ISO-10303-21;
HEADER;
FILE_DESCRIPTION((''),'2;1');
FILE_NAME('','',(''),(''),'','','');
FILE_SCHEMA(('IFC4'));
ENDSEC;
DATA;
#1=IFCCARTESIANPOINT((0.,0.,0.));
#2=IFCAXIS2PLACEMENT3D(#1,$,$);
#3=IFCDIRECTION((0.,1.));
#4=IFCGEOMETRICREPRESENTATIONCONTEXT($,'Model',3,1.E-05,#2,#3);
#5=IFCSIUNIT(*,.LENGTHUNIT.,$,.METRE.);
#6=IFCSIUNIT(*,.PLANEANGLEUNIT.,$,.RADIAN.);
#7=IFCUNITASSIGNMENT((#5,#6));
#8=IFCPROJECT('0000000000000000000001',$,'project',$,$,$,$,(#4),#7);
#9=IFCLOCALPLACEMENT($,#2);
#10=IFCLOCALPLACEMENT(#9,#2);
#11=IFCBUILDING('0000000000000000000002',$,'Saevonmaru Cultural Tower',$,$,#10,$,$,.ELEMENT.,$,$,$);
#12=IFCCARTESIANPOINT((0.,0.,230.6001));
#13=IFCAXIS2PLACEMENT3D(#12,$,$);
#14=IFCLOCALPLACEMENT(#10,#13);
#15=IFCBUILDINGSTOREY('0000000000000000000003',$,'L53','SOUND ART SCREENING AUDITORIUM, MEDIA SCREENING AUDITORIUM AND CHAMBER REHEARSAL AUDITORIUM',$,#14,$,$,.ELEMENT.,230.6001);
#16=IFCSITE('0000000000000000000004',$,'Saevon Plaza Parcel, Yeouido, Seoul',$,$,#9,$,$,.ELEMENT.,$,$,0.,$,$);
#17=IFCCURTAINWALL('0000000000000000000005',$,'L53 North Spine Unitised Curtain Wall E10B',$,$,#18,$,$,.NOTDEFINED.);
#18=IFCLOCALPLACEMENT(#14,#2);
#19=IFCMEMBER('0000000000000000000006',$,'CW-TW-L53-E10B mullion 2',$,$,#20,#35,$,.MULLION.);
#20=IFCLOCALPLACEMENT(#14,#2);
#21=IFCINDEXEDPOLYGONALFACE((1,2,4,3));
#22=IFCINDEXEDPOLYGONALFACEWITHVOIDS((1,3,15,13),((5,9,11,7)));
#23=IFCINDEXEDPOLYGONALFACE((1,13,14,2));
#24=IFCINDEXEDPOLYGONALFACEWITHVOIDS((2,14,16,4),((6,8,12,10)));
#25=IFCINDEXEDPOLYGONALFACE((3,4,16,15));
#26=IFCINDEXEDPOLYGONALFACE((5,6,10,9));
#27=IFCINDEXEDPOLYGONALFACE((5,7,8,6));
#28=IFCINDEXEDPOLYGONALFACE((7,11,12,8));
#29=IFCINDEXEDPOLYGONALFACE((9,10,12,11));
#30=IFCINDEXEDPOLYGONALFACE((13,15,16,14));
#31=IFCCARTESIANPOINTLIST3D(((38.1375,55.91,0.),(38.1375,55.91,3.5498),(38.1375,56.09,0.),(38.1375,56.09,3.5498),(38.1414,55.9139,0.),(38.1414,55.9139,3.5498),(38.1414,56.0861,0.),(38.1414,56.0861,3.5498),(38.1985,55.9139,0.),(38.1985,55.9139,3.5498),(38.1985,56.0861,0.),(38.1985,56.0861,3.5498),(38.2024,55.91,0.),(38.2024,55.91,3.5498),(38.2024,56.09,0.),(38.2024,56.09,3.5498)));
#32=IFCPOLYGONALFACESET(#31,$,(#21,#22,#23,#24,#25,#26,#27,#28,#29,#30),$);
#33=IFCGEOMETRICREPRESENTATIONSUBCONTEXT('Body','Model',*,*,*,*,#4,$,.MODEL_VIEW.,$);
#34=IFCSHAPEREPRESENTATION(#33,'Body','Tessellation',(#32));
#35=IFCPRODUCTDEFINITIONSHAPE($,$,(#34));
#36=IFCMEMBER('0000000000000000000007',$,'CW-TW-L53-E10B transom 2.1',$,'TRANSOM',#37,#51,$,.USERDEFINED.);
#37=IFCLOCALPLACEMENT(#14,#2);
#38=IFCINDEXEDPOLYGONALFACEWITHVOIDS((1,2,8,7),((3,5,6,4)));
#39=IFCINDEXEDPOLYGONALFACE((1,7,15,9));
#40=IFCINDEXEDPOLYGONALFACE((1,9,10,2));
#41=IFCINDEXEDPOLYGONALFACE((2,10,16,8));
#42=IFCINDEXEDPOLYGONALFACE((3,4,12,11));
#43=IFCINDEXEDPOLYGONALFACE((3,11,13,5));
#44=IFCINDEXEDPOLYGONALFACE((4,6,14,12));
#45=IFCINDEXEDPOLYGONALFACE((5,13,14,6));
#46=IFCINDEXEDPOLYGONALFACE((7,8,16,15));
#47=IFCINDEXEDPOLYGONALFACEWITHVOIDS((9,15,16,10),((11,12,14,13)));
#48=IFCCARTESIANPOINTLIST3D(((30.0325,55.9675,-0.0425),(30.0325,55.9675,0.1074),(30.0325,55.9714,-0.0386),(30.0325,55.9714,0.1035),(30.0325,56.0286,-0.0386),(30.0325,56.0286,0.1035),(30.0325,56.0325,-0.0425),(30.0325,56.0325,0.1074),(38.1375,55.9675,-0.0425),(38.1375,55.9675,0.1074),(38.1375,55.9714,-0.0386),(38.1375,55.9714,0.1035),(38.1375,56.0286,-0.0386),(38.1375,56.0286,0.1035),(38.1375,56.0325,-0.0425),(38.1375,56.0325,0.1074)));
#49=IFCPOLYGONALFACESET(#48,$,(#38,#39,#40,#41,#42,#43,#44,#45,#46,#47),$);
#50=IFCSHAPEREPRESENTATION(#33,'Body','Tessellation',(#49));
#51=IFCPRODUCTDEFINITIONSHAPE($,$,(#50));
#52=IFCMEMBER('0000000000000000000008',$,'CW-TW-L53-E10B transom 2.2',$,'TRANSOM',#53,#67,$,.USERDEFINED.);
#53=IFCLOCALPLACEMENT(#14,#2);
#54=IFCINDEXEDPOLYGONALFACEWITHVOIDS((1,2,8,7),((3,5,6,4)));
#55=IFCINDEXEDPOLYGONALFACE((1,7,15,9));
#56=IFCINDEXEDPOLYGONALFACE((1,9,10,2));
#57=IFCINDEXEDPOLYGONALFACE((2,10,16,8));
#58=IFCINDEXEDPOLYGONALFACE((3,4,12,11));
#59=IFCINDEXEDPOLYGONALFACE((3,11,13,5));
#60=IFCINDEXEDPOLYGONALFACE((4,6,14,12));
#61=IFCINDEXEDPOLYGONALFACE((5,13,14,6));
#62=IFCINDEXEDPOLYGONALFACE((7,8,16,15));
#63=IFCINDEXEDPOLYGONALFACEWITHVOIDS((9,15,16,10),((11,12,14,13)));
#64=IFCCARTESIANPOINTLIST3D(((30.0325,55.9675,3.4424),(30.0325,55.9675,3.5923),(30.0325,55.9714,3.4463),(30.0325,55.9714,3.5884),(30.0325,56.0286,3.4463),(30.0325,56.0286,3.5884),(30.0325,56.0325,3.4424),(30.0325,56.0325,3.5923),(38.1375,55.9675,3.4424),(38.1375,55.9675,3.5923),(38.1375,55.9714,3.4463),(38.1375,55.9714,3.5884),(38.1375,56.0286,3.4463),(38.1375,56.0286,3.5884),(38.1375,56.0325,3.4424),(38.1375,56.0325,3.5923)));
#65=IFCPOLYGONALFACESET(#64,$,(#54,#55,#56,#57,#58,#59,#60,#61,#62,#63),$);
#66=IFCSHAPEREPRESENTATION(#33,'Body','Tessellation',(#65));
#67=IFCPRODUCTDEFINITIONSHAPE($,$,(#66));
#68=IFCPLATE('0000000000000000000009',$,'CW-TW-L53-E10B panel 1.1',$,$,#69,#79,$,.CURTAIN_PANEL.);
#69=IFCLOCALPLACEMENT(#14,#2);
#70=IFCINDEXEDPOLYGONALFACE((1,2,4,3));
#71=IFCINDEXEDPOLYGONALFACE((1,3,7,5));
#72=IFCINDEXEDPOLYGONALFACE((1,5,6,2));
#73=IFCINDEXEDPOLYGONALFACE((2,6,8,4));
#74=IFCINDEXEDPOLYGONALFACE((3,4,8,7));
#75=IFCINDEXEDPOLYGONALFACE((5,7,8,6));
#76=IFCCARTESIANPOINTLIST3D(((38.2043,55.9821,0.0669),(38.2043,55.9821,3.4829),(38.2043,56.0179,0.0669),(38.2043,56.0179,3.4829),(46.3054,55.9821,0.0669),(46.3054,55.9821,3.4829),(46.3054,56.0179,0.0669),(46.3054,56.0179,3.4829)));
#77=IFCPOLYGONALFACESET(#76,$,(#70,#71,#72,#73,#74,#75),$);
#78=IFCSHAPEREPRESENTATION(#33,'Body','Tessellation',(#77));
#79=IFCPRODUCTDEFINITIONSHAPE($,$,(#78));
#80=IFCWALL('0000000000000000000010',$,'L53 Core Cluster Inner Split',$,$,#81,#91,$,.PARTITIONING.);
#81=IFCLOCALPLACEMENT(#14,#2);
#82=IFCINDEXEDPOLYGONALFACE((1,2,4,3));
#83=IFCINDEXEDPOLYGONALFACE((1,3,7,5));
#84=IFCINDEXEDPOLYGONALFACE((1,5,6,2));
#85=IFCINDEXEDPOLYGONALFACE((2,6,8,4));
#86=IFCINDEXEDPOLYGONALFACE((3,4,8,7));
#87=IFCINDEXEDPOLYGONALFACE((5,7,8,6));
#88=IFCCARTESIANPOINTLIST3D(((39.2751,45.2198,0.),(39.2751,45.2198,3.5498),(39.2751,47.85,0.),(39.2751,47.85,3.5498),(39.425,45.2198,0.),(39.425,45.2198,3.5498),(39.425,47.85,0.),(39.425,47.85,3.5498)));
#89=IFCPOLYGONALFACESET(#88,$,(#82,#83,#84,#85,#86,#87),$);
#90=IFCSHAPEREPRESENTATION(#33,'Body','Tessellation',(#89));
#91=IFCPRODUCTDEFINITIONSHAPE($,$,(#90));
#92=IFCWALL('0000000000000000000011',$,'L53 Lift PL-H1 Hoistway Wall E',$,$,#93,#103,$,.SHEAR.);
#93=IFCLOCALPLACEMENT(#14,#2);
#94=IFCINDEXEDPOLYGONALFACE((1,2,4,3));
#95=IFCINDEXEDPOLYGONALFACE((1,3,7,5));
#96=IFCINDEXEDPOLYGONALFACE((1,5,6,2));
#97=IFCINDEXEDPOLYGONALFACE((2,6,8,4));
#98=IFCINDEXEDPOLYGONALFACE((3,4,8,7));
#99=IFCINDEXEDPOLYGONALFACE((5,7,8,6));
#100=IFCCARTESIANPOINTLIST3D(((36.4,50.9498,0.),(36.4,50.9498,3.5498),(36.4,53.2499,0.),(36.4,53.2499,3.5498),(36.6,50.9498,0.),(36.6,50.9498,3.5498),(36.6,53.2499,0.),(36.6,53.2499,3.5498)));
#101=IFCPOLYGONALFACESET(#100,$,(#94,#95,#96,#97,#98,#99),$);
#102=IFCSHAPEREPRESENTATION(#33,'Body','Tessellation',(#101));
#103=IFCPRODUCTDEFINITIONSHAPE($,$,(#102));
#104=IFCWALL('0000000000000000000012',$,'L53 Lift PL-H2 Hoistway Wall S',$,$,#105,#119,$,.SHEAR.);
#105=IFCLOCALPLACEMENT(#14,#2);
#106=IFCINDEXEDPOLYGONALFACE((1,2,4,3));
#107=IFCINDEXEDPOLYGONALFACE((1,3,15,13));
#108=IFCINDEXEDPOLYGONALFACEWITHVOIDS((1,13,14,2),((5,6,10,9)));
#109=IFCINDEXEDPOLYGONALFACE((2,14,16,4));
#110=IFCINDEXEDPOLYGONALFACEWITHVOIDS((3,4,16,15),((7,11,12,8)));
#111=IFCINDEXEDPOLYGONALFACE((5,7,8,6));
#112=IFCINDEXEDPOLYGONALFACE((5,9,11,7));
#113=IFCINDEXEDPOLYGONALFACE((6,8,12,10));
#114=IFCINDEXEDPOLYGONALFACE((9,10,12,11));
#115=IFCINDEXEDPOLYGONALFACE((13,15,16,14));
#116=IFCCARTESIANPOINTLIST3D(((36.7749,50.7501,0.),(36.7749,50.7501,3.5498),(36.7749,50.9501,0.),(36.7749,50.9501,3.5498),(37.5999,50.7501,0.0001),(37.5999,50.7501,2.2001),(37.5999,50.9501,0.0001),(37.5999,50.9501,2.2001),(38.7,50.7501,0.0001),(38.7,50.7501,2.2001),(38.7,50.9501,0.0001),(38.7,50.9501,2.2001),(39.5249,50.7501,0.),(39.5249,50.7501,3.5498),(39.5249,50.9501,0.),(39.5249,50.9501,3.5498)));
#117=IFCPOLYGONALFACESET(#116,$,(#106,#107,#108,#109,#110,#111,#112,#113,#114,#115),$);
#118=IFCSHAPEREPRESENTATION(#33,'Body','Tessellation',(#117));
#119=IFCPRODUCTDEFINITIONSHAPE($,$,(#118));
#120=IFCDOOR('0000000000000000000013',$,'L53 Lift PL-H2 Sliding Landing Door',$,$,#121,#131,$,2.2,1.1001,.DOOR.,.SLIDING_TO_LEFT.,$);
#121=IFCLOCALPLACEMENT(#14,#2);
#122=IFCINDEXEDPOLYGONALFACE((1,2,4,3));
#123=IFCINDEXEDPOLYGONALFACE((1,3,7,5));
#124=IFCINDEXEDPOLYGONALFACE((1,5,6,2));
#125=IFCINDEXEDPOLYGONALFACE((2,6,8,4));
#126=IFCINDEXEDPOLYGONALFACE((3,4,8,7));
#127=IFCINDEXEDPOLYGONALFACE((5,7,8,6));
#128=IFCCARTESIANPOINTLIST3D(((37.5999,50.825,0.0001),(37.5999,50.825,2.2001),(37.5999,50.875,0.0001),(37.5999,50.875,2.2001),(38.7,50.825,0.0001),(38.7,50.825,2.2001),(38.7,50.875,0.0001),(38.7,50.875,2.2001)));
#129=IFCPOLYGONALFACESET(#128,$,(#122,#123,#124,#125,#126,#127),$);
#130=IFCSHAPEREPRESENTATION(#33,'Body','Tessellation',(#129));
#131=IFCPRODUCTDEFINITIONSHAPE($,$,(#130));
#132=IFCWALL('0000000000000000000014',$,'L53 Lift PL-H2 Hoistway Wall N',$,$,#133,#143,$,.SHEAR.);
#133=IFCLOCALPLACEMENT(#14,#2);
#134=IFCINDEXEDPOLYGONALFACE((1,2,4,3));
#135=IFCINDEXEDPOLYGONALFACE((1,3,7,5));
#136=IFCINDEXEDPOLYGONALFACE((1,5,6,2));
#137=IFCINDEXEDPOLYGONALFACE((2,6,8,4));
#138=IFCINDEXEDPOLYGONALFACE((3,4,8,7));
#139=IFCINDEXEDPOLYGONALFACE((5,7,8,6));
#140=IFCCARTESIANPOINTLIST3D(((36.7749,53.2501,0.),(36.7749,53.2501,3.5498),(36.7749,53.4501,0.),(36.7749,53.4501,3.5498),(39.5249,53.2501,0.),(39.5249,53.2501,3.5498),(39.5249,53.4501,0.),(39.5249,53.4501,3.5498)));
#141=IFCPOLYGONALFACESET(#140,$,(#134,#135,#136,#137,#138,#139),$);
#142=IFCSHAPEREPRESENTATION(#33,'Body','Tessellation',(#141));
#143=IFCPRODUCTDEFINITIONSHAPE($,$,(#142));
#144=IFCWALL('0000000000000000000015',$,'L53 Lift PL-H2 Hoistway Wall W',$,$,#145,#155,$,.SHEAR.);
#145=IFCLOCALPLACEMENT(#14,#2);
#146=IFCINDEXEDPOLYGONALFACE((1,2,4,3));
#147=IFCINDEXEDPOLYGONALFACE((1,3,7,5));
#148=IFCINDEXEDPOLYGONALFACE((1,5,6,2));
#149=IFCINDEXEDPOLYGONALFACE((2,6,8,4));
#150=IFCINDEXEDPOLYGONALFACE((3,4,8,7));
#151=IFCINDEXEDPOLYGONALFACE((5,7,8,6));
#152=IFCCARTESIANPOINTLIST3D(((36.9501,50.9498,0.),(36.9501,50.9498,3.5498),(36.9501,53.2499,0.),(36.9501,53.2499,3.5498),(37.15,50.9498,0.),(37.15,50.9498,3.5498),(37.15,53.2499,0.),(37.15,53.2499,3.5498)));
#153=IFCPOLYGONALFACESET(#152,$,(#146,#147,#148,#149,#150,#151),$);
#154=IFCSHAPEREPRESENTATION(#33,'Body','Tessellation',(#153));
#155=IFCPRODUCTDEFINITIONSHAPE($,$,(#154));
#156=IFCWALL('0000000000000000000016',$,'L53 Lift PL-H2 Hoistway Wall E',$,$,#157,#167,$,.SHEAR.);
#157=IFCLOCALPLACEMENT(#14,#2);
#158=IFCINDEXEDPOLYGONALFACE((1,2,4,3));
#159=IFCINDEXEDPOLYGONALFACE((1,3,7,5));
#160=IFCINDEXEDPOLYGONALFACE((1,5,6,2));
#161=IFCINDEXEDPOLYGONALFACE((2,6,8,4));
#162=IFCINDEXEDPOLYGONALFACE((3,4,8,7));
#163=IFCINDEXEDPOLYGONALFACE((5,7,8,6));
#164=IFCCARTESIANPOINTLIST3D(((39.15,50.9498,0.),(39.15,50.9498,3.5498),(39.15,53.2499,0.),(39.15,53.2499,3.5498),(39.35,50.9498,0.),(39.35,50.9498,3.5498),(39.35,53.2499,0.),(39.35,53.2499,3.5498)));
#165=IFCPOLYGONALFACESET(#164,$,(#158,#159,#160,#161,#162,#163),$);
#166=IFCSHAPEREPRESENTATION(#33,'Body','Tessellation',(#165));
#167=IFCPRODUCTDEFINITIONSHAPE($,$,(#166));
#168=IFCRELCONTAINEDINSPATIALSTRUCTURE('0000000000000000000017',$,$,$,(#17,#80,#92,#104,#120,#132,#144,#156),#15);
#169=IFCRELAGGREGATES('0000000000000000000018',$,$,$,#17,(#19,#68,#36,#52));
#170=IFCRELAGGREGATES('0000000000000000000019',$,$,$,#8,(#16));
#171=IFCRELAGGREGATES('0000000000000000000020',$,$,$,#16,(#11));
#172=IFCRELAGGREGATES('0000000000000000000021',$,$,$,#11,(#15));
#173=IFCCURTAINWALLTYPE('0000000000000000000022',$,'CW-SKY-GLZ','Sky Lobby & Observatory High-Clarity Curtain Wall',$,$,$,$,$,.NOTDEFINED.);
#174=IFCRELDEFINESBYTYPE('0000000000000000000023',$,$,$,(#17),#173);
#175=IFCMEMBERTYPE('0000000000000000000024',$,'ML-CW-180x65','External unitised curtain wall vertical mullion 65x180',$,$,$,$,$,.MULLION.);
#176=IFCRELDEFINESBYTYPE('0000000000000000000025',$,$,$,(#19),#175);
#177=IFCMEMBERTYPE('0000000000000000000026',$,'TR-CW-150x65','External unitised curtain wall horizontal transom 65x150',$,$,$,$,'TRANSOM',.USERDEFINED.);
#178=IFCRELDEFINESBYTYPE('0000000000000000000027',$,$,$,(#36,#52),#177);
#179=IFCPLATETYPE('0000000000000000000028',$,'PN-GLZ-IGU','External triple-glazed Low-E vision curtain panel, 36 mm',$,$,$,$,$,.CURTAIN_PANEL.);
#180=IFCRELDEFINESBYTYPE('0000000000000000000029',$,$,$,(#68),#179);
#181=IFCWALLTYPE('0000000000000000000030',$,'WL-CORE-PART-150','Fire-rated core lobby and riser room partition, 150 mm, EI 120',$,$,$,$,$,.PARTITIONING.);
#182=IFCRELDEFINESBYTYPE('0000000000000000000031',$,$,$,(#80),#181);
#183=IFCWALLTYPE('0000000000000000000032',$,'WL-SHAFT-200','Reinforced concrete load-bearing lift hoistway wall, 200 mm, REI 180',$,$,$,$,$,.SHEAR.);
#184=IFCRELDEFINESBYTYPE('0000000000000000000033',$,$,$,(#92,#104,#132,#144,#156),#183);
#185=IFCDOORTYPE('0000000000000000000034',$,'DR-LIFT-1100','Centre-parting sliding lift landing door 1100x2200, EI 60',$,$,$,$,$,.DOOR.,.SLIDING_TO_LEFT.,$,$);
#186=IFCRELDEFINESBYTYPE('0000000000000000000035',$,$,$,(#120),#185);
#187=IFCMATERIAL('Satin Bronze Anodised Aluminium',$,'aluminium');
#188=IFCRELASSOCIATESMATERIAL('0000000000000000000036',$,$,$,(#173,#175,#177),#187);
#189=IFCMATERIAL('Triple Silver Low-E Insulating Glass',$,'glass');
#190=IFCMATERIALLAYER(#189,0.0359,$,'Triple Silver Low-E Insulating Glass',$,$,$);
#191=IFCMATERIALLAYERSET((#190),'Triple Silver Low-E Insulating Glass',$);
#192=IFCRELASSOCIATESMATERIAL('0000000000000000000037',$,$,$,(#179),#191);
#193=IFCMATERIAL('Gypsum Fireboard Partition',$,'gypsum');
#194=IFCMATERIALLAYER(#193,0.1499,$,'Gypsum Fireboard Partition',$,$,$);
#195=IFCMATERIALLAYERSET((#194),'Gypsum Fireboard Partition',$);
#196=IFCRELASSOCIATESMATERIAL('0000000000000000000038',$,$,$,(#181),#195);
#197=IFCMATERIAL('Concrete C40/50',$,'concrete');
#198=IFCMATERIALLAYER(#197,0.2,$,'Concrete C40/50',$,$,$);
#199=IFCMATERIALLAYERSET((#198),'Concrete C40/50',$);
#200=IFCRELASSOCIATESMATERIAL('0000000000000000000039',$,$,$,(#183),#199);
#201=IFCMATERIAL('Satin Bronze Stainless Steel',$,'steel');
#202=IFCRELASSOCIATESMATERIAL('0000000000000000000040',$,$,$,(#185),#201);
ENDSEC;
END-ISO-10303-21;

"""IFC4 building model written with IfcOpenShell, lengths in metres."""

from ifc_helpers import new_model, si_unit, direction, frame, frame_2d, origin, origin_2d, place, context, subcontext, project, spatial, rectangle, hollow_rectangle, extrude, material, layer, layer_set, material_profile, profile_set, type_object, element, fill, aggregate, save


model = new_model("IFC4")

# Units and contexts
model_context = context("Model", 3, precision=1e-05, world=origin(), true_north=direction((0.0, 1.0)))
body_context = subcontext(model_context, "Body", "Model", "MODEL_VIEW")
ifc_project = project(units=[si_unit("LENGTHUNIT", "METRE"), si_unit("PLANEANGLEUNIT", "RADIAN")], contexts=[model_context])

# Site, building, storey
site_placement = place(None, origin())
site = spatial("IfcSite", under=ifc_project, at=site_placement, Name="Saevon Plaza Parcel, Yeouido, Seoul", CompositionType="ELEMENT", RefElevation=0.0)
building_placement = place(site_placement, origin())
building = spatial("IfcBuilding", under=site, at=building_placement, Name="Saevonmaru Cultural Tower", CompositionType="ELEMENT")
storey_placement = place(building_placement, frame((0.0, 0.0, 230.6001)))
storey = spatial("IfcBuildingStorey", under=building, at=storey_placement, Name="L53", Description="SOUND ART SCREENING AUDITORIUM, MEDIA SCREENING AUDITORIUM AND CHAMBER REHEARSAL AUDITORIUM", CompositionType="ELEMENT", Elevation=230.6001)

# Curtain wall, members, plate
ifc_material_1 = material(Name="Satin Bronze Anodised Aluminium", Category="aluminium")
curtain_wall_type = type_object("IfcCurtainWallType", Name="CW-SKY-GLZ", Description="Sky Lobby & Observatory High-Clarity Curtain Wall", PredefinedType="NOTDEFINED", material=ifc_material_1)
curtain_wall_placement = place(storey_placement, origin())
curtain_wall = element("IfcCurtainWall", 1, at=curtain_wall_placement, inside=storey, type_object=curtain_wall_type, Name="L53 North Spine Unitised Curtain Wall E10B", PredefinedType="NOTDEFINED")
ifc_material_profile_1 = material_profile(ifc_material_1, hollow_rectangle(XDim=0.0649, YDim=0.1799, WallThickness=0.0039, at=origin_2d()), Name="ALU-MULL-180x65x4")
ifc_profile_set_1 = profile_set([ifc_material_profile_1], Name="Satin Bronze Anodised Aluminium")
member_type_1 = type_object("IfcMemberType", Name="ML-CW-180x65", Description="External unitised curtain wall vertical mullion 65x180", PredefinedType="MULLION", material=ifc_profile_set_1)
member_1_placement = place(storey_placement, frame((38.1699, 56.0, 0.0), z_axis=(0.0, 0.0, 1.0), x_axis=(-1.0, 0.0, 0.0)))
member_1 = element("IfcMember", 2, at=member_1_placement, type_object=member_type_1, Name="CW-TW-L53-E10B mullion 2", PredefinedType="MULLION", context=body_context, shape_type="SweptSolid", body=[
    extrude(hollow_rectangle(XDim=0.0649, YDim=0.1799, WallThickness=0.0039, at=origin_2d()), origin(), (0.0, 0.0, 1.0), 3.5498),
])
ifc_material_profile_2 = material_profile(ifc_material_1, hollow_rectangle(XDim=0.0649, YDim=0.1499, WallThickness=0.0039, at=origin_2d()), Name="ALU-TRAN-150x65x4")
ifc_profile_set_2 = profile_set([ifc_material_profile_2], Name="Satin Bronze Anodised Aluminium")
member_type_2 = type_object("IfcMemberType", Name="TR-CW-150x65", Description="External unitised curtain wall horizontal transom 65x150", ElementType="TRANSOM", PredefinedType="USERDEFINED", material=ifc_profile_set_2)
member_2_placement = place(storey_placement, frame((38.1375, 56.0, 0.0325), z_axis=(-1.0, 0.0, 0.0), x_axis=(0.0, -1.0, 0.0)))
member_2 = element("IfcMember", 3, at=member_2_placement, type_object=member_type_2, Name="CW-TW-L53-E10B transom 2.1", ObjectType="TRANSOM", PredefinedType="USERDEFINED", context=body_context, shape_type="SweptSolid", body=[
    extrude(hollow_rectangle(XDim=0.0649, YDim=0.1499, WallThickness=0.0039, at=origin_2d()), origin(), (0.0, 0.0, 1.0), 8.105),
])
member_3_placement = place(storey_placement, frame((38.1375, 56.0, 3.5173), z_axis=(-1.0, 0.0, 0.0), x_axis=(0.0, -1.0, 0.0)))
member_3 = element("IfcMember", 4, at=member_3_placement, type_object=member_type_2, Name="CW-TW-L53-E10B transom 2.2", ObjectType="TRANSOM", PredefinedType="USERDEFINED", context=body_context, shape_type="SweptSolid", body=[
    extrude(hollow_rectangle(XDim=0.0649, YDim=0.1499, WallThickness=0.0039, at=origin_2d()), origin(), (0.0, 0.0, 1.0), 8.105),
])
ifc_material_2 = material(Name="Triple Silver Low-E Insulating Glass", Category="glass")
ifc_layer_1 = layer(ifc_material_2, 0.0359, Name="Triple Silver Low-E Insulating Glass")
ifc_layer_set_1 = layer_set([ifc_layer_1], Name="Triple Silver Low-E Insulating Glass")
plate_type = type_object("IfcPlateType", Name="PN-GLZ-IGU", Description="External triple-glazed Low-E vision curtain panel, 36 mm", PredefinedType="CURTAIN_PANEL", material=ifc_layer_set_1)
plate_placement = place(storey_placement, frame((42.2549, 56.0, 0.0669), z_axis=(0.0, 0.0, 1.0), x_axis=(-1.0, 0.0, 0.0)))
plate = element("IfcPlate", 5, at=plate_placement, type_object=plate_type, Name="CW-TW-L53-E10B panel 1.1", PredefinedType="CURTAIN_PANEL", context=body_context, shape_type="SweptSolid", body=[
    extrude(rectangle(XDim=8.1011, YDim=0.0359, at=origin_2d()), origin(), (0.0, 0.0, 1.0), 3.416),
])
aggregate(curtain_wall, [member_1, plate, member_2, member_3])

# Walls
ifc_material_3 = material(Name="Gypsum Fireboard Partition", Category="gypsum")
ifc_layer_2 = layer(ifc_material_3, 0.1499, Name="Gypsum Fireboard Partition")
ifc_layer_set_2 = layer_set([ifc_layer_2], Name="Gypsum Fireboard Partition")
wall_type_1 = type_object("IfcWallType", Name="WL-CORE-PART-150", Description="Fire-rated core lobby and riser room partition, 150 mm, EI 120", PredefinedType="PARTITIONING", material=ifc_layer_set_2)
wall_1_placement = place(storey_placement, frame((39.3501, 45.22, 0.0), z_axis=(0.0, 0.0, 1.0), x_axis=(0.0, 1.0, 0.0)))
element("IfcWall", 6, at=wall_1_placement, inside=storey, type_object=wall_type_1, Name="L53 Core Cluster Inner Split", PredefinedType="PARTITIONING", context=body_context, shape_type="SweptSolid", body=[
    extrude(rectangle(XDim=2.6301, YDim=0.1499, at=frame_2d((1.3149, 0.0))), origin(), (0.0, 0.0, 1.0), 3.5498),
])
ifc_material_4 = material(Name="Concrete C40/50", Category="concrete")
ifc_layer_3 = layer(ifc_material_4, 0.2, Name="Concrete C40/50")
ifc_layer_set_3 = layer_set([ifc_layer_3], Name="Concrete C40/50")
wall_type_2 = type_object("IfcWallType", Name="WL-SHAFT-200", Description="Reinforced concrete load-bearing lift hoistway wall, 200 mm, REI 180", PredefinedType="SHEAR", material=ifc_layer_set_3)
wall_2_placement = place(storey_placement, frame((36.5, 50.95, 0.0), z_axis=(0.0, 0.0, 1.0), x_axis=(0.0, 1.0, 0.0)))
element("IfcWall", 7, at=wall_2_placement, inside=storey, type_object=wall_type_2, Name="L53 Lift PL-H1 Hoistway Wall E", PredefinedType="SHEAR", context=body_context, shape_type="SweptSolid", body=[
    extrude(rectangle(XDim=2.3, YDim=0.2, at=frame_2d((1.1499, 0.0))), origin(), (0.0, 0.0, 1.0), 3.5498),
])

# Wall, opening, door
wall_3_placement = place(storey_placement, frame((36.7749, 50.8501, 0.0), z_axis=(0.0, 0.0, 1.0), x_axis=(1.0, 0.0, 0.0)))
wall_3 = element("IfcWall", 8, at=wall_3_placement, inside=storey, type_object=wall_type_2, Name="L53 Lift PL-H2 Hoistway Wall S", PredefinedType="SHEAR", context=body_context, shape_type="SweptSolid", body=[
    extrude(rectangle(XDim=2.75, YDim=0.2, at=frame_2d((1.375, 0.0))), origin(), (0.0, 0.0, 1.0), 3.5498),
])
opening_1_placement = place(wall_3_placement, frame((0.825, 0.0, 0.0)))
opening_1 = element("IfcOpeningElement", 9, at=opening_1_placement, cuts=wall_3, PredefinedType="OPENING", context=body_context, shape_type="SweptSolid", body=[
    extrude(rectangle(XDim=1.1001, YDim=2.2, at=frame_2d((0.55, 1.1001))), frame((0.0, 0.1099, 0.0), z_axis=(0.0, -1.0, 0.0), x_axis=(1.0, 0.0, 0.0)), (0.0, 0.0, 1.0), 0.22),
])
ifc_material_5 = material(Name="Satin Bronze Stainless Steel", Category="steel")
door_type_1 = type_object("IfcDoorType", Name="DR-LIFT-1100", Description="Centre-parting sliding lift landing door 1100x2200, EI 60", OperationType="SLIDING_TO_LEFT", PredefinedType="DOOR", material=ifc_material_5)
door_1_placement = place(opening_1_placement, origin())
door_1 = element("IfcDoor", 10, at=door_1_placement, inside=storey, type_object=door_type_1, Name="L53 Lift PL-H2 Sliding Landing Door", OperationType="SLIDING_TO_LEFT", OverallHeight=2.2, OverallWidth=1.1001, PredefinedType="DOOR", context=body_context, shape_type="SweptSolid", body=[
    extrude(rectangle(XDim=1.1001, YDim=2.2, at=frame_2d((0.55, 1.1001))), frame((0.0, 0.0249, 0.0), z_axis=(0.0, -1.0, 0.0), x_axis=(1.0, 0.0, 0.0)), (0.0, 0.0, 1.0), 0.05),
])
fill(opening_1, door_1)

# Walls
wall_4_placement = place(storey_placement, frame((36.7749, 53.3501, 0.0), z_axis=(0.0, 0.0, 1.0), x_axis=(1.0, 0.0, 0.0)))
element("IfcWall", 11, at=wall_4_placement, inside=storey, type_object=wall_type_2, Name="L53 Lift PL-H2 Hoistway Wall N", PredefinedType="SHEAR", context=body_context, shape_type="SweptSolid", body=[
    extrude(rectangle(XDim=2.75, YDim=0.2, at=frame_2d((1.375, 0.0))), origin(), (0.0, 0.0, 1.0), 3.5498),
])
for number, where, z_axis, x_axis, name in (
    (12, (37.05, 50.95, 0.0), (0.0, 0.0, 1.0), (0.0, 1.0, 0.0), "L53 Lift PL-H2 Hoistway Wall W"),
    (13, (39.25, 50.95, 0.0), (0.0, 0.0, 1.0), (0.0, 1.0, 0.0), "L53 Lift PL-H2 Hoistway Wall E"),
):
    element("IfcWall", number, at=place(storey_placement, frame(where, z_axis=z_axis, x_axis=x_axis)), inside=storey, type_object=wall_type_2, Name=name, PredefinedType="SHEAR", context=body_context, shape_type="SweptSolid", body=[
        extrude(rectangle(XDim=2.3, YDim=0.2, at=frame_2d((1.1499, 0.0))), origin(), (0.0, 0.0, 1.0), 3.5498),
    ])

save(model, "model.ifc")
